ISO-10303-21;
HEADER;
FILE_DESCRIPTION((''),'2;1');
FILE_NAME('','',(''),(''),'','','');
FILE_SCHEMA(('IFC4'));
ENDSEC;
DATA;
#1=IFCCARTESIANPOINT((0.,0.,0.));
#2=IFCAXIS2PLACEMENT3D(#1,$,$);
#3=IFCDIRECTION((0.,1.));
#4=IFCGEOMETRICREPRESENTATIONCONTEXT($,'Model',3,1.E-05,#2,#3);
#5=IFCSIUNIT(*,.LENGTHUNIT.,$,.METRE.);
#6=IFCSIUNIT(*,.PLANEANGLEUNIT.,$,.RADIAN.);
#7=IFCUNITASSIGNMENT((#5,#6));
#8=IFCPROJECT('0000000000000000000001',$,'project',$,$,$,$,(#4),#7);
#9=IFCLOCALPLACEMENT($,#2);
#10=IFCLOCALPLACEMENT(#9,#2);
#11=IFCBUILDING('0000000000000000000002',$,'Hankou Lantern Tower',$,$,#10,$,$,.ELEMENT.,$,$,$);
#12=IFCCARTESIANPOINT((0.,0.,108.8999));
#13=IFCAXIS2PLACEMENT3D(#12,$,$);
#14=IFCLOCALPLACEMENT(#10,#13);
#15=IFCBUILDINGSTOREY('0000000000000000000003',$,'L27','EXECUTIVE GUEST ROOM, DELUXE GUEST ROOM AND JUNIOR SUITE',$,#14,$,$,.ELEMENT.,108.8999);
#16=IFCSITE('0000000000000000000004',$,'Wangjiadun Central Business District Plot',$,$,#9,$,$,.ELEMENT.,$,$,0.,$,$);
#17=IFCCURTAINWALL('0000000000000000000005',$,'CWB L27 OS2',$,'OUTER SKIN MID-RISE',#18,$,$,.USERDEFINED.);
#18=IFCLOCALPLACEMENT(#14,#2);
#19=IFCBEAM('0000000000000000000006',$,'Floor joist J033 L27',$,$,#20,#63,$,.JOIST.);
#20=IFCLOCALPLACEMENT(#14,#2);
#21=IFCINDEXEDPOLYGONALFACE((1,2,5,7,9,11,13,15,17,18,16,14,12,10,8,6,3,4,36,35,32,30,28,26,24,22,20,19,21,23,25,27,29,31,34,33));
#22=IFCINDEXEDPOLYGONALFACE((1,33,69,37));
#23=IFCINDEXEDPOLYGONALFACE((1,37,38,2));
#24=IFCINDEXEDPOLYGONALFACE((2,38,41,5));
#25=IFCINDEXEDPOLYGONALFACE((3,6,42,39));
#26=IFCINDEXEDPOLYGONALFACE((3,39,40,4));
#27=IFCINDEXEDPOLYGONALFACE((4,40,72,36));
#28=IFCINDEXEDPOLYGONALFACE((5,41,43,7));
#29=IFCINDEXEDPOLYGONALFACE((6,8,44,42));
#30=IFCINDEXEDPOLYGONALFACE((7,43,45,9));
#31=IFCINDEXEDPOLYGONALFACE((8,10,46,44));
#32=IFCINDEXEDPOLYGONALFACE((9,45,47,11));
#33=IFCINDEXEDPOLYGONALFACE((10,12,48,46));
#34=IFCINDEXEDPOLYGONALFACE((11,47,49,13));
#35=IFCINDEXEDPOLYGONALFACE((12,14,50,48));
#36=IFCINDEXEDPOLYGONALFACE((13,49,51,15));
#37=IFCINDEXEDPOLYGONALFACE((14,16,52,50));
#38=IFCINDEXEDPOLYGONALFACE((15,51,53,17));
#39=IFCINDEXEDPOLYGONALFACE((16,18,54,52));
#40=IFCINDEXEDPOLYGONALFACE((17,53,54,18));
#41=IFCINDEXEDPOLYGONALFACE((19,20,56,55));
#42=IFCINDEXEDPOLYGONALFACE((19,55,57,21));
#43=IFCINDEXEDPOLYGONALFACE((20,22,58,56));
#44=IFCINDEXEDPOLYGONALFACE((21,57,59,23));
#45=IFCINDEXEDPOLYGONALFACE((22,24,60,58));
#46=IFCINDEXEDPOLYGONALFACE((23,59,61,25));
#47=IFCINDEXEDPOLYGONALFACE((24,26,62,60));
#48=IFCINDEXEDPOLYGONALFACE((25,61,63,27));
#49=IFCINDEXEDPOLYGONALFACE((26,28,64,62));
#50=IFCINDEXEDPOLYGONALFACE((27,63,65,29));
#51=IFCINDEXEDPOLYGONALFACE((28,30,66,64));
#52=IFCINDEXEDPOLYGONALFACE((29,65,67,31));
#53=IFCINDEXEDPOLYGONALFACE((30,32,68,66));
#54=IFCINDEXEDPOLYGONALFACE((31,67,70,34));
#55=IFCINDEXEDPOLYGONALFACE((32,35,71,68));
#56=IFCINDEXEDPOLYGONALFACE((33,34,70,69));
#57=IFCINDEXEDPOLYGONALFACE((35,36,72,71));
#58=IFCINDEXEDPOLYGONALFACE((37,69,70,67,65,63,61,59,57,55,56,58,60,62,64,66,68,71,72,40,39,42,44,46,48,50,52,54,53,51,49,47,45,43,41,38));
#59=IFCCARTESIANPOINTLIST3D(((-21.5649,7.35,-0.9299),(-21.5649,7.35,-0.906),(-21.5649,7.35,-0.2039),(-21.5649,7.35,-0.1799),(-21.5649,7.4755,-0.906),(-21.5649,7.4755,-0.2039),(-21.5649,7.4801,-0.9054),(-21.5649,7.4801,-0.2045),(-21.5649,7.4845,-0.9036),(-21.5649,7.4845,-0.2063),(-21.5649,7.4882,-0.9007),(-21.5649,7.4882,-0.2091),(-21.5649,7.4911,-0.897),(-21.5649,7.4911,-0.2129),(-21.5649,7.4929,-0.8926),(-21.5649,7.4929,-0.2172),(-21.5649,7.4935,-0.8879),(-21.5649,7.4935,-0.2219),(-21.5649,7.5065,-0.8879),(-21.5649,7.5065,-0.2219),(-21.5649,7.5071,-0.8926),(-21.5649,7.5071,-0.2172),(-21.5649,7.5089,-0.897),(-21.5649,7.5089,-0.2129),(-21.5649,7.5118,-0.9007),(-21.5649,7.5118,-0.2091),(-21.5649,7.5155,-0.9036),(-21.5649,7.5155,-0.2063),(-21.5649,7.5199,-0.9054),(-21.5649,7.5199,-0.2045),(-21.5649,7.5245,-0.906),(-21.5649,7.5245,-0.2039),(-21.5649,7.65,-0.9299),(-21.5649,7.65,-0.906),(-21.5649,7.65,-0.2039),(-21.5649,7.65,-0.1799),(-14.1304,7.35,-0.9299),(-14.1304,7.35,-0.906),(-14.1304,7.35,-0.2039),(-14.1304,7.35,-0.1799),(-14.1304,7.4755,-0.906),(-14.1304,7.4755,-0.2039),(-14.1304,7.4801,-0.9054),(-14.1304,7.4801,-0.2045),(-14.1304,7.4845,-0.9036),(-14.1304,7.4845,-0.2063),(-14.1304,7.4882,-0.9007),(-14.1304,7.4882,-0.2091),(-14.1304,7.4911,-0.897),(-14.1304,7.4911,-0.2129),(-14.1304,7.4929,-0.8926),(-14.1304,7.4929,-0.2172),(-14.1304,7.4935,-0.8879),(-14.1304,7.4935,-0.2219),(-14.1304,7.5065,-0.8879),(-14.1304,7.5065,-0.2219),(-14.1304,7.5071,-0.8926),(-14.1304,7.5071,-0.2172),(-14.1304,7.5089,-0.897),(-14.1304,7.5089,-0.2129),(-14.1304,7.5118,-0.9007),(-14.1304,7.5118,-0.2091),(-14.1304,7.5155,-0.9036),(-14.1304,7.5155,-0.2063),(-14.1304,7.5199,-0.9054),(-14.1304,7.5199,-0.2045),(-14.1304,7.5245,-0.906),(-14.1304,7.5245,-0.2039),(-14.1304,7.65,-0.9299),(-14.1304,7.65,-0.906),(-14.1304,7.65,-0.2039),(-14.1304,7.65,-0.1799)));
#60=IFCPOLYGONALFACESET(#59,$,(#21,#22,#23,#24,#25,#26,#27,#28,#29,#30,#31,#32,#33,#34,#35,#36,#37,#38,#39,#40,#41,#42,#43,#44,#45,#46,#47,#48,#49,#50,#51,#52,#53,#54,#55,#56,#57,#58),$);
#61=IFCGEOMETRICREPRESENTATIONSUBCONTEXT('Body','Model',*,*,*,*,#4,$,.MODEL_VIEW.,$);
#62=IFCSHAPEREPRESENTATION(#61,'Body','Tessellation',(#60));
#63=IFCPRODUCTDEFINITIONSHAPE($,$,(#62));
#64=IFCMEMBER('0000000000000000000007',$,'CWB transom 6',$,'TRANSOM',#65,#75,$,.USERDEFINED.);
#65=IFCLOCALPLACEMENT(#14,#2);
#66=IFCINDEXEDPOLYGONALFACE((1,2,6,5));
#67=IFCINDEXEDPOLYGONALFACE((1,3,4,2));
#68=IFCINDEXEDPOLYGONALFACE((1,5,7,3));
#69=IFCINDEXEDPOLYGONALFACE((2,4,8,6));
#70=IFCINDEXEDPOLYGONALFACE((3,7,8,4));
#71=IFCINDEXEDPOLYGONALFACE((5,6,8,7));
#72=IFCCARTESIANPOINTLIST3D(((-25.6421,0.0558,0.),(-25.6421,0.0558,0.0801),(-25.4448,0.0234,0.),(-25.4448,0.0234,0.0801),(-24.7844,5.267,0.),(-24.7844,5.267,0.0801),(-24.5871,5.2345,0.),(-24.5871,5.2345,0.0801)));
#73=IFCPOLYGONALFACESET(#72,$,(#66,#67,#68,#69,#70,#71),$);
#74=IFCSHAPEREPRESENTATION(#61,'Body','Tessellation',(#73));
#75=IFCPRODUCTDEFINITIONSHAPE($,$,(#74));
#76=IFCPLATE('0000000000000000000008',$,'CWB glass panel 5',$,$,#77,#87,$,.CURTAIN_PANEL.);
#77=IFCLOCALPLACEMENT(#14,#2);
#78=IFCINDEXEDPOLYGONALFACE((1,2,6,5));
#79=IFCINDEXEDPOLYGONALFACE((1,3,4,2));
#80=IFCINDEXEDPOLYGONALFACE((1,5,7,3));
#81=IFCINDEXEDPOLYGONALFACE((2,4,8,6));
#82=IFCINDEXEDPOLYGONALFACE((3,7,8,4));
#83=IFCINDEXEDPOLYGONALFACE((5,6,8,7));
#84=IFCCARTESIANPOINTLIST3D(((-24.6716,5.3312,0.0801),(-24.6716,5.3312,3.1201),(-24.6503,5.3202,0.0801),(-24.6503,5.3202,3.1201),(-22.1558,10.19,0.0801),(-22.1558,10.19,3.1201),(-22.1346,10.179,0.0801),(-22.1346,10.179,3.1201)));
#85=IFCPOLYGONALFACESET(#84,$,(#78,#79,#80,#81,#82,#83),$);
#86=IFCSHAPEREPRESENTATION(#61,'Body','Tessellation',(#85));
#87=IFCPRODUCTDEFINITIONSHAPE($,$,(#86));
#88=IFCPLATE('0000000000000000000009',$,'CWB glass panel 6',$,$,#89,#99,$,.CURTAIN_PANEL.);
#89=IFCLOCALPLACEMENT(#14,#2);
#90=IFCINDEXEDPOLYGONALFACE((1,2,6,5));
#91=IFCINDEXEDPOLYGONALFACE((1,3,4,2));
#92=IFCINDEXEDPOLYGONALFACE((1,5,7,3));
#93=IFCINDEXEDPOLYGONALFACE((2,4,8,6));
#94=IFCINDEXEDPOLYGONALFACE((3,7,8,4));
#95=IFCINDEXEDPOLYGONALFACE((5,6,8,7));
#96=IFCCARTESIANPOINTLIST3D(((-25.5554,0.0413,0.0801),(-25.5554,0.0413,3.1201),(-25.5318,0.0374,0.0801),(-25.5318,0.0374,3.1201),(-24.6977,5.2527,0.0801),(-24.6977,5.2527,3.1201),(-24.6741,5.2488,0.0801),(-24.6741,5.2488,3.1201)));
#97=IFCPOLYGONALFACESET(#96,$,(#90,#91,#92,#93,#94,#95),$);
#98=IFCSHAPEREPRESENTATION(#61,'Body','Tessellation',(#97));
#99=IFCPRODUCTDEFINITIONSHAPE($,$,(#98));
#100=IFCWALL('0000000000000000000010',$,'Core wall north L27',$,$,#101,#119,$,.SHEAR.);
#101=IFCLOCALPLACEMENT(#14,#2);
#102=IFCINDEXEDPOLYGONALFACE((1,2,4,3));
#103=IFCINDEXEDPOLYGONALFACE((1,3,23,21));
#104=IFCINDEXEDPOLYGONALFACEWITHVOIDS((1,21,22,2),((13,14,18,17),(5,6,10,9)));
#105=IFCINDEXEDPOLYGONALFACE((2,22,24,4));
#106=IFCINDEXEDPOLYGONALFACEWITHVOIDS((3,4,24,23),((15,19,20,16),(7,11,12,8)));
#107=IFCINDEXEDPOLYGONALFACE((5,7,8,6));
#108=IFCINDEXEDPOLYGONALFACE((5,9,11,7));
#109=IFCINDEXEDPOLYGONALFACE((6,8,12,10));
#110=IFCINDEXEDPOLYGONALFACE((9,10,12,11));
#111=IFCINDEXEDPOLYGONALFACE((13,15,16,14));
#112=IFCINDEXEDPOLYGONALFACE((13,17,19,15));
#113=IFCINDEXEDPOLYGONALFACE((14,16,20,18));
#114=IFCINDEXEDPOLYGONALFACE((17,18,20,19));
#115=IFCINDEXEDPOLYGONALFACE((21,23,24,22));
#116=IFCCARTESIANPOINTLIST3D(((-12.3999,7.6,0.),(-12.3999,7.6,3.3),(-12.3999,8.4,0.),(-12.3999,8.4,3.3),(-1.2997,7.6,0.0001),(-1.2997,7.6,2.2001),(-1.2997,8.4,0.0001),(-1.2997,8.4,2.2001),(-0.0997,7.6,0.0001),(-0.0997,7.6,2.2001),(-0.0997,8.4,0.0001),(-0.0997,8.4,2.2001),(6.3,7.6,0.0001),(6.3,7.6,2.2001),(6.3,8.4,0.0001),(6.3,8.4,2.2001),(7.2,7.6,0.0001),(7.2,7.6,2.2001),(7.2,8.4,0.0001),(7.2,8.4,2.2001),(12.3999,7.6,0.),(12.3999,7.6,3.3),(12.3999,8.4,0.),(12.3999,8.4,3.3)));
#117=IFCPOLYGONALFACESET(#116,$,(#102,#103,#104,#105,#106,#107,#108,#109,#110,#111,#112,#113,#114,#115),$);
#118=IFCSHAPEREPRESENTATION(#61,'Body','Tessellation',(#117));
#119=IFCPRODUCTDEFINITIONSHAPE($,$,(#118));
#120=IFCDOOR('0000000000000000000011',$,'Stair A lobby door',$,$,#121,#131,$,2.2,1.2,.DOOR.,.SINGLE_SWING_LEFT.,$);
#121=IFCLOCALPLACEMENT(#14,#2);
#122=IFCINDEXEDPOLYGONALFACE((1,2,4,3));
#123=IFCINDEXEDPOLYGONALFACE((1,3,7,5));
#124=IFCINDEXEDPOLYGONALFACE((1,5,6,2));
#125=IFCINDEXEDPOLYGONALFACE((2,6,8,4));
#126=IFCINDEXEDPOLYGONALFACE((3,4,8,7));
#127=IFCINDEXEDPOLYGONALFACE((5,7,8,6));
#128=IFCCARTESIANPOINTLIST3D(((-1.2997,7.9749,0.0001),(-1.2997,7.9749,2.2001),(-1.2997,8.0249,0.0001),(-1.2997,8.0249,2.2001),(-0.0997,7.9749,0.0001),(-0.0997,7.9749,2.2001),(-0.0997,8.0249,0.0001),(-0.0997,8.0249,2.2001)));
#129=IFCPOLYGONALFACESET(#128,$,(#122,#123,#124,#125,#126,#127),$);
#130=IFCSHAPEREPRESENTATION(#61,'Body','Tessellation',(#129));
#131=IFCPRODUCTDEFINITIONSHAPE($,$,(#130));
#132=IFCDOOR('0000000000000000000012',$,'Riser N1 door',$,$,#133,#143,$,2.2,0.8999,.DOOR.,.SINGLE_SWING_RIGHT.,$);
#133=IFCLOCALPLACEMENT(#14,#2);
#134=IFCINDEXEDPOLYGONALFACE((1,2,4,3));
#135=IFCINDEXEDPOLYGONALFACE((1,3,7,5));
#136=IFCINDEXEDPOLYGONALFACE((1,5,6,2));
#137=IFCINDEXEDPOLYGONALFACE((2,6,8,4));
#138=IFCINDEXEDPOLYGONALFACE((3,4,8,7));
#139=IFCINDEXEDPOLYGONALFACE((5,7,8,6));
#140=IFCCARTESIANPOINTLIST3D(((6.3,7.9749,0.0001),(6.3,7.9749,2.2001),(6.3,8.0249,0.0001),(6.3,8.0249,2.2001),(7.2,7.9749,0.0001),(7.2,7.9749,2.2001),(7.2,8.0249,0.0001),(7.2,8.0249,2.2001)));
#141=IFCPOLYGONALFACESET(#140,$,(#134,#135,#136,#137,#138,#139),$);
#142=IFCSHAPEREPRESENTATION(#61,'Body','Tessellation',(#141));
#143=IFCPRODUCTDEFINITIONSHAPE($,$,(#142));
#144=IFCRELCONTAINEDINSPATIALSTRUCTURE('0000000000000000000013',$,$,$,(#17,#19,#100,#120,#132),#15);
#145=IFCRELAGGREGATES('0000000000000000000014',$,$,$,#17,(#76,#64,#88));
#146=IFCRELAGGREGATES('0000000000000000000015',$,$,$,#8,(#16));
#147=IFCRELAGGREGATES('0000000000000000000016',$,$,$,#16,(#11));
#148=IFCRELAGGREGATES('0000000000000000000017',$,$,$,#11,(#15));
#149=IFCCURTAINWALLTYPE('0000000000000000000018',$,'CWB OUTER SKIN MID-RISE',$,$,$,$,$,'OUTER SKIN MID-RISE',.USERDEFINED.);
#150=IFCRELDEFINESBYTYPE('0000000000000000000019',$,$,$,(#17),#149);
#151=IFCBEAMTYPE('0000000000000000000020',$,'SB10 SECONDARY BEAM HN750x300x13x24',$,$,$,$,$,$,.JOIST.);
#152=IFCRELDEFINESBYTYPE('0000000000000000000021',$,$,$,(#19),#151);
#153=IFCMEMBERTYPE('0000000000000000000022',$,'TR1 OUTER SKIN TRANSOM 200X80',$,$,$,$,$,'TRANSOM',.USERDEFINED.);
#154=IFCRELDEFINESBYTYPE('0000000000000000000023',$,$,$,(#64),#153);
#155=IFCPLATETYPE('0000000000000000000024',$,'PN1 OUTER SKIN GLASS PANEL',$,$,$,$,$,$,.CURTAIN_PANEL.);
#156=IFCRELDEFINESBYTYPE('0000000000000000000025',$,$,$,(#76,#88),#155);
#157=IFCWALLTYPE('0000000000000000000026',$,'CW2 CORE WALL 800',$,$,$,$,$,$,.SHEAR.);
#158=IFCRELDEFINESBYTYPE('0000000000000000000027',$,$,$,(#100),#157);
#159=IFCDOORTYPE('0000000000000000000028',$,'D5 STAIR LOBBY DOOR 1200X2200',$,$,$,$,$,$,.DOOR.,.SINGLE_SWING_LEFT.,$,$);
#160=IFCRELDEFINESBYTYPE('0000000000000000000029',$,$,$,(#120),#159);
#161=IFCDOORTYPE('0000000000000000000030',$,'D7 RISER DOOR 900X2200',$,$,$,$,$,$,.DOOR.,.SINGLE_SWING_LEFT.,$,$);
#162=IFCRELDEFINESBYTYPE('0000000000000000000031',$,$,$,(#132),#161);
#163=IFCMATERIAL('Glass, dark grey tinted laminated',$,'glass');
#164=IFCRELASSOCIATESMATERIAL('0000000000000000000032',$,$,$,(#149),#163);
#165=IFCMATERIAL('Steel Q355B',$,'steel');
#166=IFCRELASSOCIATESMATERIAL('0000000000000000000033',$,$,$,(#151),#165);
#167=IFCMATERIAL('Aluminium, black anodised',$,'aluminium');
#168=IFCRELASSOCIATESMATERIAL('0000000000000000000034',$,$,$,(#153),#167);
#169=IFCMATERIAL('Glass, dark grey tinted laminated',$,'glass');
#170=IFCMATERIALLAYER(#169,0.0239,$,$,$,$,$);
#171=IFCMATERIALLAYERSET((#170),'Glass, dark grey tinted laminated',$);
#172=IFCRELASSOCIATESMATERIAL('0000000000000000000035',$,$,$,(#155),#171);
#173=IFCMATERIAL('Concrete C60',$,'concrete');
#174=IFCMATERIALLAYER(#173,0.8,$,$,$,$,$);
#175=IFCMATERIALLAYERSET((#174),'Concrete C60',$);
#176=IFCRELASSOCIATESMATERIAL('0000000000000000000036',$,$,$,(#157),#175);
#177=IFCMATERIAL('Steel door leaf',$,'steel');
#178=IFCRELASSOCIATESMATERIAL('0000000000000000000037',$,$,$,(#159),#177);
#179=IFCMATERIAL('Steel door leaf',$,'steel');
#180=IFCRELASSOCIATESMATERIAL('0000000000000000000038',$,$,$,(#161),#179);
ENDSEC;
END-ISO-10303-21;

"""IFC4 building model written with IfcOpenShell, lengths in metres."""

from ifc_helpers import new_model, si_unit, direction, frame, frame_2d, origin, origin_2d, place, context, subcontext, project, spatial, rectangle, i_section, extrude, material, layer, layer_set, material_profile, profile_set, type_object, element, fill, aggregate, save


model = new_model("IFC4")

# Units and contexts
model_context = context("Model", 3, precision=1e-05, world=origin(), true_north=direction((0.0, 1.0)))
body_context = subcontext(model_context, "Body", "Model", "MODEL_VIEW")
ifc_project = project(units=[si_unit("LENGTHUNIT", "METRE"), si_unit("PLANEANGLEUNIT", "RADIAN")], contexts=[model_context])

# Site, building, storey
site_placement = place(None, origin())
site = spatial("IfcSite", under=ifc_project, at=site_placement, Name="Wangjiadun Central Business District Plot", CompositionType="ELEMENT", RefElevation=0.0)
building_placement = place(site_placement, origin())
building = spatial("IfcBuilding", under=site, at=building_placement, Name="Hankou Lantern Tower", CompositionType="ELEMENT")
storey_placement = place(building_placement, frame((0.0, 0.0, 108.8999)))
storey = spatial("IfcBuildingStorey", under=building, at=storey_placement, Name="L27", Description="EXECUTIVE GUEST ROOM, DELUXE GUEST ROOM AND JUNIOR SUITE", CompositionType="ELEMENT", Elevation=108.8999)

# Curtain wall
ifc_material_1 = material(Name="Glass, dark grey tinted laminated", Category="glass")
curtain_wall_type = type_object("IfcCurtainWallType", Name="CWB OUTER SKIN MID-RISE", ElementType="OUTER SKIN MID-RISE", PredefinedType="USERDEFINED", material=ifc_material_1)
curtain_wall_placement = place(storey_placement, origin())
curtain_wall = element("IfcCurtainWall", 1, at=curtain_wall_placement, inside=storey, type_object=curtain_wall_type, Name="CWB L27 OS2", ObjectType="OUTER SKIN MID-RISE", PredefinedType="USERDEFINED")

# Beam
ifc_material_2 = material(Name="Steel Q355B", Category="steel")
ifc_material_profile_1 = material_profile(ifc_material_2, i_section(OverallWidth=0.3, OverallDepth=0.75, WebThickness=0.0129, FlangeThickness=0.0239, FilletRadius=0.0181, at=origin_2d()), Name="HN750x300x13x24")
ifc_profile_set_1 = profile_set([ifc_material_profile_1], Name="Steel Q355B")
beam_type_1 = type_object("IfcBeamType", Name="SB10 SECONDARY BEAM HN750x300x13x24", PredefinedType="JOIST", material=ifc_profile_set_1)
beam_1_placement = place(storey_placement, frame((-21.5649, 7.5, -0.5549), z_axis=(1.0, 0.0, 0.0), x_axis=(0.0, 1.0, 0.0)))
element("IfcBeam", 2, at=beam_1_placement, inside=storey, type_object=beam_type_1, Name="Floor joist J033 L27", PredefinedType="JOIST", context=body_context, shape_type="SweptSolid", body=[
    extrude(i_section(OverallWidth=0.3, OverallDepth=0.75, WebThickness=0.0129, FlangeThickness=0.0239, FilletRadius=0.0181, at=origin_2d()), origin(), (0.0, 0.0, 1.0), 7.4346),
])

# Member
ifc_material_3 = material(Name="Aluminium, black anodised", Category="aluminium")
ifc_material_profile_2 = material_profile(ifc_material_3, rectangle(XDim=0.2, YDim=0.0801, at=origin_2d()), Name="TR1 200X80")
ifc_profile_set_2 = profile_set([ifc_material_profile_2], Name="Aluminium, black anodised")
member_type_1 = type_object("IfcMemberType", Name="TR1 OUTER SKIN TRANSOM 200X80", ElementType="TRANSOM", PredefinedType="USERDEFINED", material=ifc_profile_set_2)
member_1_placement = place(storey_placement, frame((-24.6858, 5.2507, 0.04), z_axis=(-0.162397, -0.986725, 0.0), x_axis=(0.986725, -0.162397, 0.0)))
member_1 = element("IfcMember", 3, at=member_1_placement, type_object=member_type_1, Name="CWB transom 6", ObjectType="TRANSOM", PredefinedType="USERDEFINED", context=body_context, shape_type="SweptSolid", body=[
    extrude(rectangle(XDim=0.2, YDim=0.0801, at=origin_2d()), origin(), (0.0, 0.0, 1.0), 5.2812),
])

# Plates
ifc_material_4 = material(Name="Glass, dark grey tinted laminated", Category="glass")
ifc_layer_1 = layer(ifc_material_4, 0.0239)
ifc_layer_set_1 = layer_set([ifc_layer_1], Name="Glass, dark grey tinted laminated")
plate_type = type_object("IfcPlateType", Name="PN1 OUTER SKIN GLASS PANEL", PredefinedType="CURTAIN_PANEL", material=ifc_layer_set_1)
plate_1_placement = place(storey_placement, frame((-23.4031, 7.7551, 0.0801), z_axis=(0.0, 0.0, 1.0), x_axis=(-0.459791, -0.888027, 0.0)))
plate_1 = element("IfcPlate", 4, at=plate_1_placement, type_object=plate_type, Name="CWB glass panel 5", PredefinedType="CURTAIN_PANEL", context=body_context, shape_type="SweptSolid", body=[
    extrude(rectangle(XDim=5.4714, YDim=0.0239, at=origin_2d()), origin(), (0.0, 0.0, 1.0), 3.04),
])
plate_2_placement = place(storey_placement, frame((-25.1147, 2.645, 0.0801), z_axis=(0.0, 0.0, 1.0), x_axis=(-0.162382, -0.986728, 0.0)))
plate_2 = element("IfcPlate", 5, at=plate_2_placement, type_object=plate_type, Name="CWB glass panel 6", PredefinedType="CURTAIN_PANEL", context=body_context, shape_type="SweptSolid", body=[
    extrude(rectangle(XDim=5.2815, YDim=0.0239, at=origin_2d()), origin(), (0.0, 0.0, 1.0), 3.04),
])
aggregate(curtain_wall, [plate_1, member_1, plate_2])

# Wall, openings, doors
ifc_material_5 = material(Name="Concrete C60", Category="concrete")
ifc_layer_2 = layer(ifc_material_5, 0.8)
ifc_layer_set_2 = layer_set([ifc_layer_2], Name="Concrete C60")
wall_type_1 = type_object("IfcWallType", Name="CW2 CORE WALL 800", PredefinedType="SHEAR", material=ifc_layer_set_2)
wall_1_placement = place(storey_placement, frame((-12.3999, 8.0, 0.0), z_axis=(0.0, 0.0, 1.0), x_axis=(1.0, 0.0, 0.0)))
wall_1 = element("IfcWall", 6, at=wall_1_placement, inside=storey, type_object=wall_type_1, Name="Core wall north L27", PredefinedType="SHEAR", context=body_context, shape_type="SweptSolid", body=[
    extrude(rectangle(XDim=24.7998, YDim=0.8, at=frame_2d((12.3999, 0.0))), origin(), (0.0, 0.0, 1.0), 3.3),
])
opening_1_placement = place(wall_1_placement, frame((11.1001, 0.0, 0.0)))
opening_1 = element("IfcOpeningElement", 7, at=opening_1_placement, cuts=wall_1, PredefinedType="OPENING", context=body_context, shape_type="SweptSolid", body=[
    extrude(rectangle(XDim=1.2, YDim=2.2, at=frame_2d((0.6001, 1.1001))), frame((0.0, 0.4099, 0.0), z_axis=(0.0, -1.0, 0.0), x_axis=(1.0, 0.0, 0.0)), (0.0, 0.0, 1.0), 0.8201),
])
opening_2_placement = place(wall_1_placement, frame((18.7, 0.0, 0.0)))
opening_2 = element("IfcOpeningElement", 8, at=opening_2_placement, cuts=wall_1, PredefinedType="OPENING", context=body_context, shape_type="SweptSolid", body=[
    extrude(rectangle(XDim=0.8999, YDim=2.2, at=frame_2d((0.45, 1.1001))), frame((0.0, 0.4099, 0.0), z_axis=(0.0, -1.0, 0.0), x_axis=(1.0, 0.0, 0.0)), (0.0, 0.0, 1.0), 0.8201),
])
ifc_material_6 = material(Name="Steel door leaf", Category="steel")
door_type_1 = type_object("IfcDoorType", Name="D5 STAIR LOBBY DOOR 1200X2200", OperationType="SINGLE_SWING_LEFT", PredefinedType="DOOR", material=ifc_material_6)
door_1_placement = place(opening_1_placement, origin())
door_1 = element("IfcDoor", 9, at=door_1_placement, inside=storey, type_object=door_type_1, Name="Stair A lobby door", OperationType="SINGLE_SWING_LEFT", OverallHeight=2.2, OverallWidth=1.2, PredefinedType="DOOR", context=body_context, shape_type="SweptSolid", body=[
    extrude(rectangle(XDim=1.2, YDim=2.2, at=frame_2d((0.6001, 1.1001))), frame((0.0, 0.0249, 0.0), z_axis=(0.0, -1.0, 0.0), x_axis=(1.0, 0.0, 0.0)), (0.0, 0.0, 1.0), 0.05),
])
fill(opening_1, door_1)
ifc_material_7 = material(Name="Steel door leaf", Category="steel")
door_type_2 = type_object("IfcDoorType", Name="D7 RISER DOOR 900X2200", OperationType="SINGLE_SWING_LEFT", PredefinedType="DOOR", material=ifc_material_7)
door_2_placement = place(opening_2_placement, origin())
door_2 = element("IfcDoor", 10, at=door_2_placement, inside=storey, type_object=door_type_2, Name="Riser N1 door", OperationType="SINGLE_SWING_RIGHT", OverallHeight=2.2, OverallWidth=0.8999, PredefinedType="DOOR", context=body_context, shape_type="SweptSolid", body=[
    extrude(rectangle(XDim=0.8999, YDim=2.2, at=frame_2d((0.45, 1.1001))), frame((0.0, 0.0249, 0.0), z_axis=(0.0, -1.0, 0.0), x_axis=(1.0, 0.0, 0.0)), (0.0, 0.0, 1.0), 0.05),
])
fill(opening_2, door_2)

save(model, "model.ifc")
